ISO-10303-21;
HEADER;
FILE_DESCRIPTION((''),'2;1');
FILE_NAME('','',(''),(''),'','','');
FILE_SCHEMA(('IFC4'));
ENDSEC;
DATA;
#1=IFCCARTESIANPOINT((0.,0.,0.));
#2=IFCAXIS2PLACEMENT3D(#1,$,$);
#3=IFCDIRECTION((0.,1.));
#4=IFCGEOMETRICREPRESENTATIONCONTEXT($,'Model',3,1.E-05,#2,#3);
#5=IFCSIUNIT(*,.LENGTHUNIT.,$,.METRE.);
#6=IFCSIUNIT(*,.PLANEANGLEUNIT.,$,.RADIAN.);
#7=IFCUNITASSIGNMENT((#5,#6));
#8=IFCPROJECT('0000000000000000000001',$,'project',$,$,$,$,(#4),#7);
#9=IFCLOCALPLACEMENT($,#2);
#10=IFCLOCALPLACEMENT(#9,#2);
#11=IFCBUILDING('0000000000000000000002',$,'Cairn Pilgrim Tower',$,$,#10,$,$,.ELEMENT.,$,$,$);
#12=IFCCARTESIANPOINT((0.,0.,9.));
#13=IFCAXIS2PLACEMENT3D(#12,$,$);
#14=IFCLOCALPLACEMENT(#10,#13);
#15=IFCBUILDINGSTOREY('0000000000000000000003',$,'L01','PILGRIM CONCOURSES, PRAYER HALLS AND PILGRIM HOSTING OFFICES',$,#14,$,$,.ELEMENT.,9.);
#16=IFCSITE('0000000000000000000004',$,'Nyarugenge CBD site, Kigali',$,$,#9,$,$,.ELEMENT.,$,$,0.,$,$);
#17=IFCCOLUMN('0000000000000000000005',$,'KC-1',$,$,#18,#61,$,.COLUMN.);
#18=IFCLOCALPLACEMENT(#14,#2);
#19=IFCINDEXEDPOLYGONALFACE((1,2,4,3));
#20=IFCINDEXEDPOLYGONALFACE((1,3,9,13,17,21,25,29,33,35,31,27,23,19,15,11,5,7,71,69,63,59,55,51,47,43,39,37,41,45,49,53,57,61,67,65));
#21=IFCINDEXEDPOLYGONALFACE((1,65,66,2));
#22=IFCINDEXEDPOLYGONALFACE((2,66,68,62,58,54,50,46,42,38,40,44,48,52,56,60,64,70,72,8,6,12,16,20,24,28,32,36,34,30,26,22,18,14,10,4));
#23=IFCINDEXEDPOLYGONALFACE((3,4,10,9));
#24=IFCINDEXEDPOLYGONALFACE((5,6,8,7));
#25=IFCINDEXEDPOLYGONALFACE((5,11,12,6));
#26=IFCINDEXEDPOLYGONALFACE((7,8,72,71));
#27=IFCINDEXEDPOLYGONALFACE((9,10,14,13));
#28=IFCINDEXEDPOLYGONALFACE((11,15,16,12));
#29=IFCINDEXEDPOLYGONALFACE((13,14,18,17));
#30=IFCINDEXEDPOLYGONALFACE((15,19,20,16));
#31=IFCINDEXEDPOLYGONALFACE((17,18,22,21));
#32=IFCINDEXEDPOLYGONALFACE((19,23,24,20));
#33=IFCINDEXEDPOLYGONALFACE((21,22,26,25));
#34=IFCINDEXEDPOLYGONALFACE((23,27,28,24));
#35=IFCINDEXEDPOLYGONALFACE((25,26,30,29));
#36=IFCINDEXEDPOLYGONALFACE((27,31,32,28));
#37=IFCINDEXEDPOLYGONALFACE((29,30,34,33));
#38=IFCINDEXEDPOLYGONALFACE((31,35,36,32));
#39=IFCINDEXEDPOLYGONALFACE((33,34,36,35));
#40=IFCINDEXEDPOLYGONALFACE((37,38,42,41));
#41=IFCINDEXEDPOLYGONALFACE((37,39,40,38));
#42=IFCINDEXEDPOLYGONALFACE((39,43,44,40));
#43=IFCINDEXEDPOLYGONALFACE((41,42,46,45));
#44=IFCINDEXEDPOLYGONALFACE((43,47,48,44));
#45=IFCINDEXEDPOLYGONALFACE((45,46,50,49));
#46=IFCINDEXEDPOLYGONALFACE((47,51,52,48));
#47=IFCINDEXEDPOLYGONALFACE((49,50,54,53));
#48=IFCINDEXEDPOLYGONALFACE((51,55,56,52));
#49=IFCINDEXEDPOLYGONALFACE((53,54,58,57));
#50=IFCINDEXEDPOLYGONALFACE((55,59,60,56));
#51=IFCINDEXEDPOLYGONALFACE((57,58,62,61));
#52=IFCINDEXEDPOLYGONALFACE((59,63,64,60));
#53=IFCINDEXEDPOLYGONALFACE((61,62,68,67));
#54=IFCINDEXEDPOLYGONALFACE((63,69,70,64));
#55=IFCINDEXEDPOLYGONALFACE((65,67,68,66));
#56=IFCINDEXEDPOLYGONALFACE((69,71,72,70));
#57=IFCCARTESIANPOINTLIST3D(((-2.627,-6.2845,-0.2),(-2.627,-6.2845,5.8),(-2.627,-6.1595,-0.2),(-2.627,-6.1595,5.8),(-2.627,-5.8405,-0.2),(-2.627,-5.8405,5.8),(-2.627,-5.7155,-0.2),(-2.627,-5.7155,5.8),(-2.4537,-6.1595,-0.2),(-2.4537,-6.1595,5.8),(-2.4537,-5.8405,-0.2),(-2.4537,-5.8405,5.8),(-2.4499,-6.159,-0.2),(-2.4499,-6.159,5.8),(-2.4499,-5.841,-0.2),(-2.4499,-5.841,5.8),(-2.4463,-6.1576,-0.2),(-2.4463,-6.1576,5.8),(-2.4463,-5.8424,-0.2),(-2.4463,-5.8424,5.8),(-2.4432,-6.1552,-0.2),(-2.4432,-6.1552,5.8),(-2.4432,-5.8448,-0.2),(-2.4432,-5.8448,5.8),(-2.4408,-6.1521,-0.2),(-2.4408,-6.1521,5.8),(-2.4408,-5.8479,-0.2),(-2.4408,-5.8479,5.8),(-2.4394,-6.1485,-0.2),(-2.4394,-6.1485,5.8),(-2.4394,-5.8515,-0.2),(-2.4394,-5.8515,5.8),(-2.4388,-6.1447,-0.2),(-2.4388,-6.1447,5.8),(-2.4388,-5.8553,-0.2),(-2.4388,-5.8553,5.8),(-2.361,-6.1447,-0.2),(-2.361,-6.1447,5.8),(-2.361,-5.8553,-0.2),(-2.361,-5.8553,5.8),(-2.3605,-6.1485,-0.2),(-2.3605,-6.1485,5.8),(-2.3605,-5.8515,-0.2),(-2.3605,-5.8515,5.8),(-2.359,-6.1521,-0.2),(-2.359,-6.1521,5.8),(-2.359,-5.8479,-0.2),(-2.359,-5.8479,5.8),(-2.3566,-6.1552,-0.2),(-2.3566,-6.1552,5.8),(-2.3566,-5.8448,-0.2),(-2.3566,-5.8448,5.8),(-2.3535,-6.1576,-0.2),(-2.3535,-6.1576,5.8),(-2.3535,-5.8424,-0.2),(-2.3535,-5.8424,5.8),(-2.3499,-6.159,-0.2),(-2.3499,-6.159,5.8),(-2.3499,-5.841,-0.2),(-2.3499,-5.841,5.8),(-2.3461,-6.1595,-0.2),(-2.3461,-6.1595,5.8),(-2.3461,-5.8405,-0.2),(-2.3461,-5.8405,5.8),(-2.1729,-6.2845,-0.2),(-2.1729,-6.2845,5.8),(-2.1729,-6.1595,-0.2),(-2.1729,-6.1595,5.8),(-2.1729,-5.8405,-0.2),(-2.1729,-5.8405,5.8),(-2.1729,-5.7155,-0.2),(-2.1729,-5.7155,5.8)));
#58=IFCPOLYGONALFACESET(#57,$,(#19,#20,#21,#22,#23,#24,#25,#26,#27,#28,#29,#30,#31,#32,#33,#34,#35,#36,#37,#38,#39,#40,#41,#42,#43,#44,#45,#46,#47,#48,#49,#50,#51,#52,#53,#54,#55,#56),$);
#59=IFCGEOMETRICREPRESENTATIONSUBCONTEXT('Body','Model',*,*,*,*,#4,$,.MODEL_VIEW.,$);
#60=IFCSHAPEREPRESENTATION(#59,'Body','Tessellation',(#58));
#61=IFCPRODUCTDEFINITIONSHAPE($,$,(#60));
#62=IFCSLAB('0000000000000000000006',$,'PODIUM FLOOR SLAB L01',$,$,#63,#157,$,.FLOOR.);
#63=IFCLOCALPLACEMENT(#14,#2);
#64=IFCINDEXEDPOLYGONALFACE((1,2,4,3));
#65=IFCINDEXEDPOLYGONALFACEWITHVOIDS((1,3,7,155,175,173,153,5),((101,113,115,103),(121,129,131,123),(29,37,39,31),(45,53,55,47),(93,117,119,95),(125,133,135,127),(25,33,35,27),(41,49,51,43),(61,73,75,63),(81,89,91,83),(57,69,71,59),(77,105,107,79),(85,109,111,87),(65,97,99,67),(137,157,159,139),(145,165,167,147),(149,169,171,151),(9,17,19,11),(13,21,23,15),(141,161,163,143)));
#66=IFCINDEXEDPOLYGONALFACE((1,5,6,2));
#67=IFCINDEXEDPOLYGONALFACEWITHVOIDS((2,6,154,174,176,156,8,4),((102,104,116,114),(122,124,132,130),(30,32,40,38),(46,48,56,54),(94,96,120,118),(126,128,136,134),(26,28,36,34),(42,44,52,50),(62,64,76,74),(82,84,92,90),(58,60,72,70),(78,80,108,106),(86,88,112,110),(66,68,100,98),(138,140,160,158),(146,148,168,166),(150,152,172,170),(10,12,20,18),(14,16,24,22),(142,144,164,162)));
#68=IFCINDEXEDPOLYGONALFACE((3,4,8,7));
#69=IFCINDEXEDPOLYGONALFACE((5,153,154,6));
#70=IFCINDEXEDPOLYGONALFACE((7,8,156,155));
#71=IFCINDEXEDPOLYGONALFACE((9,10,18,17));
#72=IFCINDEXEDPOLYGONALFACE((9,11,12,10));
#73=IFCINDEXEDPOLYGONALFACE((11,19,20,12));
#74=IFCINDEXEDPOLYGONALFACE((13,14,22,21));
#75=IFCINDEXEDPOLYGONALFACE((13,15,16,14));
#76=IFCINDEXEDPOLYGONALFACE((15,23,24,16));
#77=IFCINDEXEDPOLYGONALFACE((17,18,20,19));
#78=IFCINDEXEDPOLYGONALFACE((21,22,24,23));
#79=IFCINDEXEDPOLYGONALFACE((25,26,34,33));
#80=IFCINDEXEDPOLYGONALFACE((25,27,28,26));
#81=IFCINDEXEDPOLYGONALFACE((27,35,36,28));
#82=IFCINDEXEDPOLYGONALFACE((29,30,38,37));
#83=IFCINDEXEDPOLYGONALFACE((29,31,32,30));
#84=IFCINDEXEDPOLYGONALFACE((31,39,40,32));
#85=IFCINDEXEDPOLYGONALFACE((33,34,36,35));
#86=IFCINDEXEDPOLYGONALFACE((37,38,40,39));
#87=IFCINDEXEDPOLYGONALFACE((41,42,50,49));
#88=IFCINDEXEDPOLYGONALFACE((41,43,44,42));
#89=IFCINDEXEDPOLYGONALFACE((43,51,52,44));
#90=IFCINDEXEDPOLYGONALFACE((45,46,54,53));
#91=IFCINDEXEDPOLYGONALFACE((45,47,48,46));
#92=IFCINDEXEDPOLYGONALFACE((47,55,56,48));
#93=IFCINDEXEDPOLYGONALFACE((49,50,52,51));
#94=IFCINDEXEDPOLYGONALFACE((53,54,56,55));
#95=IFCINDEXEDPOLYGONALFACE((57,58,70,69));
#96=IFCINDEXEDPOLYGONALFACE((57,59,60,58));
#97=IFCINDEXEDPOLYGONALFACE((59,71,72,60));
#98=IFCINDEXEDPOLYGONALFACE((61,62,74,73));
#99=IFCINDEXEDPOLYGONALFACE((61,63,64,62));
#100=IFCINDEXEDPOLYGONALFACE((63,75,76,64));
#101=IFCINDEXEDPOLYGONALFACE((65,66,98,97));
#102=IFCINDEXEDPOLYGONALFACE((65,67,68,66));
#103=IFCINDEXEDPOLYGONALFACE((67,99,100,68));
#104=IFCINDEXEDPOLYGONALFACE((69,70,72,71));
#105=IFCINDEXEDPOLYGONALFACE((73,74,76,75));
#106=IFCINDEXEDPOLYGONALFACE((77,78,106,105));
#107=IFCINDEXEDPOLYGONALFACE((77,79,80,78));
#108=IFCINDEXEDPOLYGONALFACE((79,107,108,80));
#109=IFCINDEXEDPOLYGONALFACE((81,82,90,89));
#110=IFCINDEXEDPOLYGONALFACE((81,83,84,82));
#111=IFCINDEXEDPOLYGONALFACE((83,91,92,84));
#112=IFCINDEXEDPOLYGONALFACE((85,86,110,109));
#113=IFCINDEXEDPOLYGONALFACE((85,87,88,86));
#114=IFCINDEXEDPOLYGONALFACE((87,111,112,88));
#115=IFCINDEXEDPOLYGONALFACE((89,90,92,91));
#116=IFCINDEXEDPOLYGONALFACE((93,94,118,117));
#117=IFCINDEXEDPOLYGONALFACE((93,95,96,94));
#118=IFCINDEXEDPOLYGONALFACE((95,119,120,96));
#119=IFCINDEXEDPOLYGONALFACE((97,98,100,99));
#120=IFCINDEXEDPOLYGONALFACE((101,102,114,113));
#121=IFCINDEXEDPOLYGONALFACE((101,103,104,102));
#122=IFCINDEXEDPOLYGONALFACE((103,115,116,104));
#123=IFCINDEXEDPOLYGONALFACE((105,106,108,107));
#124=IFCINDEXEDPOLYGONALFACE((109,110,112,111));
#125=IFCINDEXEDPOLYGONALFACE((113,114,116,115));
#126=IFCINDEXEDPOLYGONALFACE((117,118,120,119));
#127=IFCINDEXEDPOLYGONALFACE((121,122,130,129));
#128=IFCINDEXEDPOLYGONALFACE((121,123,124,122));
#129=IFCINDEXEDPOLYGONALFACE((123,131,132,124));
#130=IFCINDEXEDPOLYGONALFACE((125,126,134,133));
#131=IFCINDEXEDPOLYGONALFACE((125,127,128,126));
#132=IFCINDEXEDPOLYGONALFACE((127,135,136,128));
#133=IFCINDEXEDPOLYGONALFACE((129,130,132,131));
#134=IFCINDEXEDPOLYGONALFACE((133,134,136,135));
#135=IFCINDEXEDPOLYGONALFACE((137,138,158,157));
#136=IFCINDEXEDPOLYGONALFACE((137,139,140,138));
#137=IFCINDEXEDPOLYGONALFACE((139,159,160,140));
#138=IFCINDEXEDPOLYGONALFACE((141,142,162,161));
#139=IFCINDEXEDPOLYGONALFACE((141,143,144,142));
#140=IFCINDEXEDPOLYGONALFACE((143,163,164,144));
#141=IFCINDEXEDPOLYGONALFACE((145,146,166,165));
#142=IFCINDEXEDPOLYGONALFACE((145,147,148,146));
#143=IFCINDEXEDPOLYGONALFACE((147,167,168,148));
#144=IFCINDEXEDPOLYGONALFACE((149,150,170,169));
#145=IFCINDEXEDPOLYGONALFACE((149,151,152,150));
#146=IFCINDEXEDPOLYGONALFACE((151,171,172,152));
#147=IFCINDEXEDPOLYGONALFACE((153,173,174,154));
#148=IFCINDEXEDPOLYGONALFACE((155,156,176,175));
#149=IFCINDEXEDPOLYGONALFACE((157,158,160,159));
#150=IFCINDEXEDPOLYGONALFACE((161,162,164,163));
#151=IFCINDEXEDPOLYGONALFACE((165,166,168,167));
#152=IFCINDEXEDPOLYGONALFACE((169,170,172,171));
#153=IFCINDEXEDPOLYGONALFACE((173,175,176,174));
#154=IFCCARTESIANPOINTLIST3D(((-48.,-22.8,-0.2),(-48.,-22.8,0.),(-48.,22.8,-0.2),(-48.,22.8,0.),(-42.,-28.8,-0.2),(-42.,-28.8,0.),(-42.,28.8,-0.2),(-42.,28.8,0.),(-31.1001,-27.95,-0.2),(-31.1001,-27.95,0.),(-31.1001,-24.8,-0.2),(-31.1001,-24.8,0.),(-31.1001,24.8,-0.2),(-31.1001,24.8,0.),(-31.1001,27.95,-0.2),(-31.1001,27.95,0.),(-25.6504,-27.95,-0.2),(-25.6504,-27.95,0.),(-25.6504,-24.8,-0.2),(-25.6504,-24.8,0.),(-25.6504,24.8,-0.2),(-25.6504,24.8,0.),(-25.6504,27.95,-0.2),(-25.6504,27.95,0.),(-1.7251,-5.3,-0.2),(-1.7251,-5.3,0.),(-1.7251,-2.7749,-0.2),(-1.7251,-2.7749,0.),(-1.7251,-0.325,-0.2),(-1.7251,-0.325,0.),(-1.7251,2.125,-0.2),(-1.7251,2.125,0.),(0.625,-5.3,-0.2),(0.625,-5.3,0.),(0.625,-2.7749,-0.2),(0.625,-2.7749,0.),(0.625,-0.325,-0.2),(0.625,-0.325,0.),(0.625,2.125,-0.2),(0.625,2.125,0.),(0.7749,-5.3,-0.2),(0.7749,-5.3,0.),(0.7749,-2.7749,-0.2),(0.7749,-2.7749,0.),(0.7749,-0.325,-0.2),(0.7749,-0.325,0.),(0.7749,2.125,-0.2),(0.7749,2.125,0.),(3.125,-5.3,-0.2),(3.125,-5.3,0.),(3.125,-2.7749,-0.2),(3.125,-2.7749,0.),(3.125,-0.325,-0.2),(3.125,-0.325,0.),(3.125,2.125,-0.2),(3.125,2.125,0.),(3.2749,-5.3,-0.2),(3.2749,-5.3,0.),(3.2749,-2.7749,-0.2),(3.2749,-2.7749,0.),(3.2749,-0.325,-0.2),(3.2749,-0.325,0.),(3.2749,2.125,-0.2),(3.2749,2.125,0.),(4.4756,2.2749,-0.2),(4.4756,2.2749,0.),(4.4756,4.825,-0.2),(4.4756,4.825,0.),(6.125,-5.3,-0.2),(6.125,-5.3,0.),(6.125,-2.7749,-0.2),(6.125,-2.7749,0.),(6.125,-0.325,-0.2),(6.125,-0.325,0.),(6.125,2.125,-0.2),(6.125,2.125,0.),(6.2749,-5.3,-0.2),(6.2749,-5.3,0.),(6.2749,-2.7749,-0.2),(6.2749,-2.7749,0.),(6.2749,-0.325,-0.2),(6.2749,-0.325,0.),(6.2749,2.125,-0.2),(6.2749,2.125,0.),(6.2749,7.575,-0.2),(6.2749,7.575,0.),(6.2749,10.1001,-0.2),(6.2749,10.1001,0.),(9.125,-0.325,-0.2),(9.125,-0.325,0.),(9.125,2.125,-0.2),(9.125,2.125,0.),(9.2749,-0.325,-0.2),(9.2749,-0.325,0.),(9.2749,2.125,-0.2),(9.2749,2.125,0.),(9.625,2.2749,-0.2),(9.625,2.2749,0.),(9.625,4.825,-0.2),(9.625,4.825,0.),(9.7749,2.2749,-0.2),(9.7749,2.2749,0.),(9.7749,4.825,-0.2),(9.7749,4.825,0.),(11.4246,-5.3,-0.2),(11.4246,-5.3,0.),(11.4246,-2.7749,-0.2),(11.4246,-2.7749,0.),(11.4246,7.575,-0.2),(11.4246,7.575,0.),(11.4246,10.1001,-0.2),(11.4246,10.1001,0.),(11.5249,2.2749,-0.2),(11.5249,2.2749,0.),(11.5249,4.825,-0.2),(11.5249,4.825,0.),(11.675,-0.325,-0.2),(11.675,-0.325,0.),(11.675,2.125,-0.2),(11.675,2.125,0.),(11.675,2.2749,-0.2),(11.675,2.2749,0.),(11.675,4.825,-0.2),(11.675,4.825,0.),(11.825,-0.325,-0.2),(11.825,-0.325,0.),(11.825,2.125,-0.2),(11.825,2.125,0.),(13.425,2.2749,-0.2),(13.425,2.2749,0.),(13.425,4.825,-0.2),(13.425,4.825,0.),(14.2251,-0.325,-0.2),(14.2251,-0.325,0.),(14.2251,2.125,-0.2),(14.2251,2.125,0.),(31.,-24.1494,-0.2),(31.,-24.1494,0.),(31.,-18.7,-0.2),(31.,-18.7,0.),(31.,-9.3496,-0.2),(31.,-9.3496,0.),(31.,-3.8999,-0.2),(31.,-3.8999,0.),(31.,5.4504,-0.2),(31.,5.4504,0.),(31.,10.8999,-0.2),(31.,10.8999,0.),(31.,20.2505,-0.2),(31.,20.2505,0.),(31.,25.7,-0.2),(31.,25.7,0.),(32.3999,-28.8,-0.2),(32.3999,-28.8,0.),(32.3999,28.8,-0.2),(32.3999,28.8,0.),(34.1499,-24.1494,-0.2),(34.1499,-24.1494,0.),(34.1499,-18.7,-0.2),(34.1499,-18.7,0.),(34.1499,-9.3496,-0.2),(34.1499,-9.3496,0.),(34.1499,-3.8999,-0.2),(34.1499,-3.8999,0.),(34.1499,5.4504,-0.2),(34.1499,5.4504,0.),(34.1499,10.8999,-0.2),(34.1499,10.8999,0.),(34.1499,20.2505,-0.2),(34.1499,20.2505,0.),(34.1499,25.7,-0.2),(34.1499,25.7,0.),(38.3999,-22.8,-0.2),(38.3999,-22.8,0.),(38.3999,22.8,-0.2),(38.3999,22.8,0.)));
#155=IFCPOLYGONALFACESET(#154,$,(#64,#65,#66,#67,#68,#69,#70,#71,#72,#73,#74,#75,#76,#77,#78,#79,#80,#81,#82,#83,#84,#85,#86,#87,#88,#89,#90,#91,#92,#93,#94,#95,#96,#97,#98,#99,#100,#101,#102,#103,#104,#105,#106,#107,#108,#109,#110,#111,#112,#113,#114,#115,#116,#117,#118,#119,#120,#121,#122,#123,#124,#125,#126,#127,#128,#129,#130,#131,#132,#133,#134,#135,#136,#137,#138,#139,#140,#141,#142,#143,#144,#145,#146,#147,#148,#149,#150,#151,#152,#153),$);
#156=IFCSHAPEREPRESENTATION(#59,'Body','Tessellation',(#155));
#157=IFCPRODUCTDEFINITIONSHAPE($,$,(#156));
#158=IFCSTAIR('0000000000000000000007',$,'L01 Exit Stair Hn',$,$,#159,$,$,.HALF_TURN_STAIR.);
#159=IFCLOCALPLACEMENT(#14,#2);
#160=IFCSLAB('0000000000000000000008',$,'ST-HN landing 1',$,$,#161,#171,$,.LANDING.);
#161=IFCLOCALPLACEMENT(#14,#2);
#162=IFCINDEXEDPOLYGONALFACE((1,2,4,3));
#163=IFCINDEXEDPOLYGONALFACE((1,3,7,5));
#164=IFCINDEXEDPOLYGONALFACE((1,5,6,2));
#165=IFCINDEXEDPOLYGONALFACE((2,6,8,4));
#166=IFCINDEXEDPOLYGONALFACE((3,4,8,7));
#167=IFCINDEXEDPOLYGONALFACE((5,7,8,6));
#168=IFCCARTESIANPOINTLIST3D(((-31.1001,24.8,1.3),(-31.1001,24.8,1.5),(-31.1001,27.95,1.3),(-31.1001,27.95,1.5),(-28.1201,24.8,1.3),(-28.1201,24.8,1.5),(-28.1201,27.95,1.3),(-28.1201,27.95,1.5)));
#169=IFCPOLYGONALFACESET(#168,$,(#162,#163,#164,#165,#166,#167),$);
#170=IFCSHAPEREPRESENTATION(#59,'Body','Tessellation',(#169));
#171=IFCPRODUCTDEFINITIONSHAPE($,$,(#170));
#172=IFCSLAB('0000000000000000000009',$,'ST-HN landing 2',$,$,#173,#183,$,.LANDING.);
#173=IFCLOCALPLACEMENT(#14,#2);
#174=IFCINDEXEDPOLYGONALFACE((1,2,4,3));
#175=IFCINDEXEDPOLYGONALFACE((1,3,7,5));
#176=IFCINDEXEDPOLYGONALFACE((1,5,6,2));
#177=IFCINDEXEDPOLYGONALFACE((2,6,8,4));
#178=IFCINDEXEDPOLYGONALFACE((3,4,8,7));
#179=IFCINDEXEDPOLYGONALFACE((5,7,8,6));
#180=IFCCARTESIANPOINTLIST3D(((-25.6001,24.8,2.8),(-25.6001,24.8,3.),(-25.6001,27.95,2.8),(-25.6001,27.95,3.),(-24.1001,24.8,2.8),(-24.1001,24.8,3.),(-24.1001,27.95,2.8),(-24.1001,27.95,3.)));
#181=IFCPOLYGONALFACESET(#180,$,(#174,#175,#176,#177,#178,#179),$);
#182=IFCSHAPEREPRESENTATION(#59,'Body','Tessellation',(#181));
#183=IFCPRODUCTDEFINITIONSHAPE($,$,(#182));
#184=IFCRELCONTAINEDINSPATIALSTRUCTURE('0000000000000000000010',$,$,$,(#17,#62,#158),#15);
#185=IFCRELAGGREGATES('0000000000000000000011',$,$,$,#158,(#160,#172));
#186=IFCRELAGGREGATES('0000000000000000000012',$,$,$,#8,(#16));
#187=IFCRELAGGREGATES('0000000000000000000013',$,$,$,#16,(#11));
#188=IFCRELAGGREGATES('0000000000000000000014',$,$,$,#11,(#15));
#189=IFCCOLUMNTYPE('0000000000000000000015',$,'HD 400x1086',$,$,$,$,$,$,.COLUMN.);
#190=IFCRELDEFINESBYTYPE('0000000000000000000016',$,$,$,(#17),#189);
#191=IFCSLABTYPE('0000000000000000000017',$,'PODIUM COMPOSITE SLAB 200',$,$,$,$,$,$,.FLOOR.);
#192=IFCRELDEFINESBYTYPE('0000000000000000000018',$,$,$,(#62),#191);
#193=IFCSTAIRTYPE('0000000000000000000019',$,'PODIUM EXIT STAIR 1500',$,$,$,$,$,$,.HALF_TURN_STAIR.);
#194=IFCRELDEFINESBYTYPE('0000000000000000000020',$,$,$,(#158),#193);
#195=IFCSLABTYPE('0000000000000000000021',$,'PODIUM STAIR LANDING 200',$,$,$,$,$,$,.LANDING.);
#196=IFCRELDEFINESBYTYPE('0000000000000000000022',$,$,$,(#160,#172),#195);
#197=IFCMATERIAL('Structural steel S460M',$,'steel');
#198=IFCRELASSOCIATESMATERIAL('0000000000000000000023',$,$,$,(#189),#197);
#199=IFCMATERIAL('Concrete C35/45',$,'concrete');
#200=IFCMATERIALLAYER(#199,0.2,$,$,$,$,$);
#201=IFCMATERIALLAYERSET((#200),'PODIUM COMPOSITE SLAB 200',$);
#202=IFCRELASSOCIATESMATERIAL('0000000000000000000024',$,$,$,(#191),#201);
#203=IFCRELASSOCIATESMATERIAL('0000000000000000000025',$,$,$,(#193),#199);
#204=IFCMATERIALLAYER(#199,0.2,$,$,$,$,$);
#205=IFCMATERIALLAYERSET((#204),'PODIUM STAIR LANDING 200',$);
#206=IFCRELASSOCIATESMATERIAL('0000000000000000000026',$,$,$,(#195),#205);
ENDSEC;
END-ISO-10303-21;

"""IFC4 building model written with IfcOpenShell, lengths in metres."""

from ifc_helpers import new_model, si_unit, direction, frame, origin, origin_2d, place, context, subcontext, project, spatial, polyline, i_section, outline, extrude, material, layer, layer_set, material_profile, profile_set, type_object, element, aggregate, save


model = new_model("IFC4")

# Units and contexts
model_context = context("Model", 3, precision=1e-05, world=origin(), true_north=direction((0.0, 1.0)))
body_context = subcontext(model_context, "Body", "Model", "MODEL_VIEW")
ifc_project = project(units=[si_unit("LENGTHUNIT", "METRE"), si_unit("PLANEANGLEUNIT", "RADIAN")], contexts=[model_context])

# Site, building, storey
site_placement = place(None, origin())
site = spatial("IfcSite", under=ifc_project, at=site_placement, Name="Nyarugenge CBD site, Kigali", CompositionType="ELEMENT", RefElevation=0.0)
building_placement = place(site_placement, origin())
building = spatial("IfcBuilding", under=site, at=building_placement, Name="Cairn Pilgrim Tower", CompositionType="ELEMENT")
storey_placement = place(building_placement, frame((0.0, 0.0, 9.0)))
storey = spatial("IfcBuildingStorey", under=building, at=storey_placement, Name="L01", Description="PILGRIM CONCOURSES, PRAYER HALLS AND PILGRIM HOSTING OFFICES", CompositionType="ELEMENT", Elevation=9.0)

# Column
ifc_material_1 = material(Name="Structural steel S460M", Category="steel")
ifc_material_profile = material_profile(ifc_material_1, i_section(OverallWidth=0.4541, OverallDepth=0.5691, WebThickness=0.0779, FlangeThickness=0.125, FilletRadius=0.0149, at=origin_2d()), Name="HD 400x1086")
ifc_profile_set = profile_set([ifc_material_profile], Name="Structural steel S460M")
column_type = type_object("IfcColumnType", Name="HD 400x1086", PredefinedType="COLUMN", material=ifc_profile_set)
column_placement = place(storey_placement, frame((-2.3999, -6.0, -0.2), z_axis=(0.0, 0.0, 1.0), x_axis=(1.0, 0.0, 0.0)))
element("IfcColumn", 1, at=column_placement, inside=storey, type_object=column_type, Name="KC-1", PredefinedType="COLUMN", context=body_context, shape_type="SweptSolid", body=[
    extrude(i_section(OverallWidth=0.4541, OverallDepth=0.5691, WebThickness=0.0779, FlangeThickness=0.125, FilletRadius=0.0149, at=origin_2d()), origin(), (0.0, 0.0, 1.0), 6.0),
])

# Slab
ifc_material_2 = material(Name="Concrete C35/45", Category="concrete")
ifc_layer_1 = layer(ifc_material_2, 0.2)
ifc_layer_set_1 = layer_set([ifc_layer_1], Name="PODIUM COMPOSITE SLAB 200")
slab_type_1 = type_object("IfcSlabType", Name="PODIUM COMPOSITE SLAB 200", PredefinedType="FLOOR", material=ifc_layer_set_1)
slab_1_placement = place(storey_placement, frame((0.0, 0.0, -0.2)))
element("IfcSlab", 2, at=slab_1_placement, inside=storey, type_object=slab_type_1, Name="PODIUM FLOOR SLAB L01", PredefinedType="FLOOR", context=body_context, shape_type="SweptSolid", body=[
    extrude(outline(polyline([(-42.0, 28.8), (-48.0, 22.8), (-48.0, -22.8), (-42.0, -28.8), (32.3999, -28.8), (38.3999, -22.8), (38.3999, 22.8), (32.3999, 28.8), (-42.0, 28.8)]), holes=[polyline([(-1.7251, -2.7749), (0.625, -2.7749), (0.625, -5.3), (-1.7251, -5.3), (-1.7251, -2.7749)]), polyline([(3.125, -2.7749), (3.125, -5.3), (0.7749, -5.3), (0.7749, -2.7749), (3.125, -2.7749)]), polyline([(0.625, -0.325), (-1.7251, -0.325), (-1.7251, 2.125), (0.625, 2.125), (0.625, -0.325)]), polyline([(0.7749, -0.325), (0.7749, 2.125), (3.125, 2.125), (3.125, -0.325), (0.7749, -0.325)]), polyline([(3.2749, -2.7749), (6.125, -2.7749), (6.125, -5.3), (3.2749, -5.3), (3.2749, -2.7749)]), polyline([(6.125, 2.125), (6.125, -0.325), (3.2749, -0.325), (3.2749, 2.125), (6.125, 2.125)]), polyline([(9.125, -0.325), (6.2749, -0.325), (6.2749, 2.125), (9.125, 2.125), (9.125, -0.325)]), polyline([(9.2749, -0.325), (9.2749, 2.125), (11.675, 2.125), (11.675, -0.325), (9.2749, -0.325)]), polyline([(11.825, 2.125), (14.2251, 2.125), (14.2251, -0.325), (11.825, -0.325), (11.825, 2.125)]), polyline([(11.5249, 4.825), (11.5249, 2.2749), (9.7749, 2.2749), (9.7749, 4.825), (11.5249, 4.825)]), polyline([(13.425, 2.2749), (11.675, 2.2749), (11.675, 4.825), (13.425, 4.825), (13.425, 2.2749)]), polyline([(11.4246, -2.7749), (11.4246, -5.3), (6.2749, -5.3), (6.2749, -2.7749), (11.4246, -2.7749)]), polyline([(4.4756, 4.825), (9.625, 4.825), (9.625, 2.2749), (4.4756, 2.2749), (4.4756, 4.825)]), polyline([(6.2749, 7.575), (6.2749, 10.1001), (11.4246, 10.1001), (11.4246, 7.575), (6.2749, 7.575)]), polyline([(-31.1001, 27.95), (-25.6504, 27.95), (-25.6504, 24.8), (-31.1001, 24.8), (-31.1001, 27.95)]), polyline([(-25.6504, -24.8), (-25.6504, -27.95), (-31.1001, -27.95), (-31.1001, -24.8), (-25.6504, -24.8)]), polyline([(31.0, -24.1494), (31.0, -18.7), (34.1499, -18.7), (34.1499, -24.1494), (31.0, -24.1494)]), polyline([(31.0, -3.8999), (34.1499, -3.8999), (34.1499, -9.3496), (31.0, -9.3496), (31.0, -3.8999)]), polyline([(34.1499, 10.8999), (34.1499, 5.4504), (31.0, 5.4504), (31.0, 10.8999), (34.1499, 10.8999)]), polyline([(34.1499, 20.2505), (31.0, 20.2505), (31.0, 25.7), (34.1499, 25.7), (34.1499, 20.2505)])]), origin(), (0.0, 0.0, 1.0), 0.2),
])

# Stair, slabs
stair_type = type_object("IfcStairType", Name="PODIUM EXIT STAIR 1500", PredefinedType="HALF_TURN_STAIR", material=ifc_material_2)
stair_1_placement = place(storey_placement, origin())
stair_1 = element("IfcStair", 3, at=stair_1_placement, inside=storey, type_object=stair_type, Name="L01 Exit Stair Hn", PredefinedType="HALF_TURN_STAIR")
ifc_layer_2 = layer(ifc_material_2, 0.2)
ifc_layer_set_2 = layer_set([ifc_layer_2], Name="PODIUM STAIR LANDING 200")
slab_type_2 = type_object("IfcSlabType", Name="PODIUM STAIR LANDING 200", PredefinedType="LANDING", material=ifc_layer_set_2)
slab_2_placement = place(storey_placement, frame((0.0, 0.0, 1.3)))
slab_2 = element("IfcSlab", 4, at=slab_2_placement, type_object=slab_type_2, Name="ST-HN landing 1", PredefinedType="LANDING", context=body_context, shape_type="SweptSolid", body=[
    extrude(outline(polyline([(-28.1201, 27.95), (-31.1001, 27.95), (-31.1001, 24.8), (-28.1201, 24.8), (-28.1201, 27.95)])), origin(), (0.0, 0.0, 1.0), 0.2),
])
slab_3_placement = place(storey_placement, frame((0.0, 0.0, 2.8)))
slab_3 = element("IfcSlab", 5, at=slab_3_placement, type_object=slab_type_2, Name="ST-HN landing 2", PredefinedType="LANDING", context=body_context, shape_type="SweptSolid", body=[
    extrude(outline(polyline([(-24.1001, 27.95), (-25.6001, 27.95), (-25.6001, 24.8), (-24.1001, 24.8), (-24.1001, 27.95)])), origin(), (0.0, 0.0, 1.0), 0.2),
])
aggregate(stair_1, [slab_2, slab_3])

save(model, "model.ifc")
